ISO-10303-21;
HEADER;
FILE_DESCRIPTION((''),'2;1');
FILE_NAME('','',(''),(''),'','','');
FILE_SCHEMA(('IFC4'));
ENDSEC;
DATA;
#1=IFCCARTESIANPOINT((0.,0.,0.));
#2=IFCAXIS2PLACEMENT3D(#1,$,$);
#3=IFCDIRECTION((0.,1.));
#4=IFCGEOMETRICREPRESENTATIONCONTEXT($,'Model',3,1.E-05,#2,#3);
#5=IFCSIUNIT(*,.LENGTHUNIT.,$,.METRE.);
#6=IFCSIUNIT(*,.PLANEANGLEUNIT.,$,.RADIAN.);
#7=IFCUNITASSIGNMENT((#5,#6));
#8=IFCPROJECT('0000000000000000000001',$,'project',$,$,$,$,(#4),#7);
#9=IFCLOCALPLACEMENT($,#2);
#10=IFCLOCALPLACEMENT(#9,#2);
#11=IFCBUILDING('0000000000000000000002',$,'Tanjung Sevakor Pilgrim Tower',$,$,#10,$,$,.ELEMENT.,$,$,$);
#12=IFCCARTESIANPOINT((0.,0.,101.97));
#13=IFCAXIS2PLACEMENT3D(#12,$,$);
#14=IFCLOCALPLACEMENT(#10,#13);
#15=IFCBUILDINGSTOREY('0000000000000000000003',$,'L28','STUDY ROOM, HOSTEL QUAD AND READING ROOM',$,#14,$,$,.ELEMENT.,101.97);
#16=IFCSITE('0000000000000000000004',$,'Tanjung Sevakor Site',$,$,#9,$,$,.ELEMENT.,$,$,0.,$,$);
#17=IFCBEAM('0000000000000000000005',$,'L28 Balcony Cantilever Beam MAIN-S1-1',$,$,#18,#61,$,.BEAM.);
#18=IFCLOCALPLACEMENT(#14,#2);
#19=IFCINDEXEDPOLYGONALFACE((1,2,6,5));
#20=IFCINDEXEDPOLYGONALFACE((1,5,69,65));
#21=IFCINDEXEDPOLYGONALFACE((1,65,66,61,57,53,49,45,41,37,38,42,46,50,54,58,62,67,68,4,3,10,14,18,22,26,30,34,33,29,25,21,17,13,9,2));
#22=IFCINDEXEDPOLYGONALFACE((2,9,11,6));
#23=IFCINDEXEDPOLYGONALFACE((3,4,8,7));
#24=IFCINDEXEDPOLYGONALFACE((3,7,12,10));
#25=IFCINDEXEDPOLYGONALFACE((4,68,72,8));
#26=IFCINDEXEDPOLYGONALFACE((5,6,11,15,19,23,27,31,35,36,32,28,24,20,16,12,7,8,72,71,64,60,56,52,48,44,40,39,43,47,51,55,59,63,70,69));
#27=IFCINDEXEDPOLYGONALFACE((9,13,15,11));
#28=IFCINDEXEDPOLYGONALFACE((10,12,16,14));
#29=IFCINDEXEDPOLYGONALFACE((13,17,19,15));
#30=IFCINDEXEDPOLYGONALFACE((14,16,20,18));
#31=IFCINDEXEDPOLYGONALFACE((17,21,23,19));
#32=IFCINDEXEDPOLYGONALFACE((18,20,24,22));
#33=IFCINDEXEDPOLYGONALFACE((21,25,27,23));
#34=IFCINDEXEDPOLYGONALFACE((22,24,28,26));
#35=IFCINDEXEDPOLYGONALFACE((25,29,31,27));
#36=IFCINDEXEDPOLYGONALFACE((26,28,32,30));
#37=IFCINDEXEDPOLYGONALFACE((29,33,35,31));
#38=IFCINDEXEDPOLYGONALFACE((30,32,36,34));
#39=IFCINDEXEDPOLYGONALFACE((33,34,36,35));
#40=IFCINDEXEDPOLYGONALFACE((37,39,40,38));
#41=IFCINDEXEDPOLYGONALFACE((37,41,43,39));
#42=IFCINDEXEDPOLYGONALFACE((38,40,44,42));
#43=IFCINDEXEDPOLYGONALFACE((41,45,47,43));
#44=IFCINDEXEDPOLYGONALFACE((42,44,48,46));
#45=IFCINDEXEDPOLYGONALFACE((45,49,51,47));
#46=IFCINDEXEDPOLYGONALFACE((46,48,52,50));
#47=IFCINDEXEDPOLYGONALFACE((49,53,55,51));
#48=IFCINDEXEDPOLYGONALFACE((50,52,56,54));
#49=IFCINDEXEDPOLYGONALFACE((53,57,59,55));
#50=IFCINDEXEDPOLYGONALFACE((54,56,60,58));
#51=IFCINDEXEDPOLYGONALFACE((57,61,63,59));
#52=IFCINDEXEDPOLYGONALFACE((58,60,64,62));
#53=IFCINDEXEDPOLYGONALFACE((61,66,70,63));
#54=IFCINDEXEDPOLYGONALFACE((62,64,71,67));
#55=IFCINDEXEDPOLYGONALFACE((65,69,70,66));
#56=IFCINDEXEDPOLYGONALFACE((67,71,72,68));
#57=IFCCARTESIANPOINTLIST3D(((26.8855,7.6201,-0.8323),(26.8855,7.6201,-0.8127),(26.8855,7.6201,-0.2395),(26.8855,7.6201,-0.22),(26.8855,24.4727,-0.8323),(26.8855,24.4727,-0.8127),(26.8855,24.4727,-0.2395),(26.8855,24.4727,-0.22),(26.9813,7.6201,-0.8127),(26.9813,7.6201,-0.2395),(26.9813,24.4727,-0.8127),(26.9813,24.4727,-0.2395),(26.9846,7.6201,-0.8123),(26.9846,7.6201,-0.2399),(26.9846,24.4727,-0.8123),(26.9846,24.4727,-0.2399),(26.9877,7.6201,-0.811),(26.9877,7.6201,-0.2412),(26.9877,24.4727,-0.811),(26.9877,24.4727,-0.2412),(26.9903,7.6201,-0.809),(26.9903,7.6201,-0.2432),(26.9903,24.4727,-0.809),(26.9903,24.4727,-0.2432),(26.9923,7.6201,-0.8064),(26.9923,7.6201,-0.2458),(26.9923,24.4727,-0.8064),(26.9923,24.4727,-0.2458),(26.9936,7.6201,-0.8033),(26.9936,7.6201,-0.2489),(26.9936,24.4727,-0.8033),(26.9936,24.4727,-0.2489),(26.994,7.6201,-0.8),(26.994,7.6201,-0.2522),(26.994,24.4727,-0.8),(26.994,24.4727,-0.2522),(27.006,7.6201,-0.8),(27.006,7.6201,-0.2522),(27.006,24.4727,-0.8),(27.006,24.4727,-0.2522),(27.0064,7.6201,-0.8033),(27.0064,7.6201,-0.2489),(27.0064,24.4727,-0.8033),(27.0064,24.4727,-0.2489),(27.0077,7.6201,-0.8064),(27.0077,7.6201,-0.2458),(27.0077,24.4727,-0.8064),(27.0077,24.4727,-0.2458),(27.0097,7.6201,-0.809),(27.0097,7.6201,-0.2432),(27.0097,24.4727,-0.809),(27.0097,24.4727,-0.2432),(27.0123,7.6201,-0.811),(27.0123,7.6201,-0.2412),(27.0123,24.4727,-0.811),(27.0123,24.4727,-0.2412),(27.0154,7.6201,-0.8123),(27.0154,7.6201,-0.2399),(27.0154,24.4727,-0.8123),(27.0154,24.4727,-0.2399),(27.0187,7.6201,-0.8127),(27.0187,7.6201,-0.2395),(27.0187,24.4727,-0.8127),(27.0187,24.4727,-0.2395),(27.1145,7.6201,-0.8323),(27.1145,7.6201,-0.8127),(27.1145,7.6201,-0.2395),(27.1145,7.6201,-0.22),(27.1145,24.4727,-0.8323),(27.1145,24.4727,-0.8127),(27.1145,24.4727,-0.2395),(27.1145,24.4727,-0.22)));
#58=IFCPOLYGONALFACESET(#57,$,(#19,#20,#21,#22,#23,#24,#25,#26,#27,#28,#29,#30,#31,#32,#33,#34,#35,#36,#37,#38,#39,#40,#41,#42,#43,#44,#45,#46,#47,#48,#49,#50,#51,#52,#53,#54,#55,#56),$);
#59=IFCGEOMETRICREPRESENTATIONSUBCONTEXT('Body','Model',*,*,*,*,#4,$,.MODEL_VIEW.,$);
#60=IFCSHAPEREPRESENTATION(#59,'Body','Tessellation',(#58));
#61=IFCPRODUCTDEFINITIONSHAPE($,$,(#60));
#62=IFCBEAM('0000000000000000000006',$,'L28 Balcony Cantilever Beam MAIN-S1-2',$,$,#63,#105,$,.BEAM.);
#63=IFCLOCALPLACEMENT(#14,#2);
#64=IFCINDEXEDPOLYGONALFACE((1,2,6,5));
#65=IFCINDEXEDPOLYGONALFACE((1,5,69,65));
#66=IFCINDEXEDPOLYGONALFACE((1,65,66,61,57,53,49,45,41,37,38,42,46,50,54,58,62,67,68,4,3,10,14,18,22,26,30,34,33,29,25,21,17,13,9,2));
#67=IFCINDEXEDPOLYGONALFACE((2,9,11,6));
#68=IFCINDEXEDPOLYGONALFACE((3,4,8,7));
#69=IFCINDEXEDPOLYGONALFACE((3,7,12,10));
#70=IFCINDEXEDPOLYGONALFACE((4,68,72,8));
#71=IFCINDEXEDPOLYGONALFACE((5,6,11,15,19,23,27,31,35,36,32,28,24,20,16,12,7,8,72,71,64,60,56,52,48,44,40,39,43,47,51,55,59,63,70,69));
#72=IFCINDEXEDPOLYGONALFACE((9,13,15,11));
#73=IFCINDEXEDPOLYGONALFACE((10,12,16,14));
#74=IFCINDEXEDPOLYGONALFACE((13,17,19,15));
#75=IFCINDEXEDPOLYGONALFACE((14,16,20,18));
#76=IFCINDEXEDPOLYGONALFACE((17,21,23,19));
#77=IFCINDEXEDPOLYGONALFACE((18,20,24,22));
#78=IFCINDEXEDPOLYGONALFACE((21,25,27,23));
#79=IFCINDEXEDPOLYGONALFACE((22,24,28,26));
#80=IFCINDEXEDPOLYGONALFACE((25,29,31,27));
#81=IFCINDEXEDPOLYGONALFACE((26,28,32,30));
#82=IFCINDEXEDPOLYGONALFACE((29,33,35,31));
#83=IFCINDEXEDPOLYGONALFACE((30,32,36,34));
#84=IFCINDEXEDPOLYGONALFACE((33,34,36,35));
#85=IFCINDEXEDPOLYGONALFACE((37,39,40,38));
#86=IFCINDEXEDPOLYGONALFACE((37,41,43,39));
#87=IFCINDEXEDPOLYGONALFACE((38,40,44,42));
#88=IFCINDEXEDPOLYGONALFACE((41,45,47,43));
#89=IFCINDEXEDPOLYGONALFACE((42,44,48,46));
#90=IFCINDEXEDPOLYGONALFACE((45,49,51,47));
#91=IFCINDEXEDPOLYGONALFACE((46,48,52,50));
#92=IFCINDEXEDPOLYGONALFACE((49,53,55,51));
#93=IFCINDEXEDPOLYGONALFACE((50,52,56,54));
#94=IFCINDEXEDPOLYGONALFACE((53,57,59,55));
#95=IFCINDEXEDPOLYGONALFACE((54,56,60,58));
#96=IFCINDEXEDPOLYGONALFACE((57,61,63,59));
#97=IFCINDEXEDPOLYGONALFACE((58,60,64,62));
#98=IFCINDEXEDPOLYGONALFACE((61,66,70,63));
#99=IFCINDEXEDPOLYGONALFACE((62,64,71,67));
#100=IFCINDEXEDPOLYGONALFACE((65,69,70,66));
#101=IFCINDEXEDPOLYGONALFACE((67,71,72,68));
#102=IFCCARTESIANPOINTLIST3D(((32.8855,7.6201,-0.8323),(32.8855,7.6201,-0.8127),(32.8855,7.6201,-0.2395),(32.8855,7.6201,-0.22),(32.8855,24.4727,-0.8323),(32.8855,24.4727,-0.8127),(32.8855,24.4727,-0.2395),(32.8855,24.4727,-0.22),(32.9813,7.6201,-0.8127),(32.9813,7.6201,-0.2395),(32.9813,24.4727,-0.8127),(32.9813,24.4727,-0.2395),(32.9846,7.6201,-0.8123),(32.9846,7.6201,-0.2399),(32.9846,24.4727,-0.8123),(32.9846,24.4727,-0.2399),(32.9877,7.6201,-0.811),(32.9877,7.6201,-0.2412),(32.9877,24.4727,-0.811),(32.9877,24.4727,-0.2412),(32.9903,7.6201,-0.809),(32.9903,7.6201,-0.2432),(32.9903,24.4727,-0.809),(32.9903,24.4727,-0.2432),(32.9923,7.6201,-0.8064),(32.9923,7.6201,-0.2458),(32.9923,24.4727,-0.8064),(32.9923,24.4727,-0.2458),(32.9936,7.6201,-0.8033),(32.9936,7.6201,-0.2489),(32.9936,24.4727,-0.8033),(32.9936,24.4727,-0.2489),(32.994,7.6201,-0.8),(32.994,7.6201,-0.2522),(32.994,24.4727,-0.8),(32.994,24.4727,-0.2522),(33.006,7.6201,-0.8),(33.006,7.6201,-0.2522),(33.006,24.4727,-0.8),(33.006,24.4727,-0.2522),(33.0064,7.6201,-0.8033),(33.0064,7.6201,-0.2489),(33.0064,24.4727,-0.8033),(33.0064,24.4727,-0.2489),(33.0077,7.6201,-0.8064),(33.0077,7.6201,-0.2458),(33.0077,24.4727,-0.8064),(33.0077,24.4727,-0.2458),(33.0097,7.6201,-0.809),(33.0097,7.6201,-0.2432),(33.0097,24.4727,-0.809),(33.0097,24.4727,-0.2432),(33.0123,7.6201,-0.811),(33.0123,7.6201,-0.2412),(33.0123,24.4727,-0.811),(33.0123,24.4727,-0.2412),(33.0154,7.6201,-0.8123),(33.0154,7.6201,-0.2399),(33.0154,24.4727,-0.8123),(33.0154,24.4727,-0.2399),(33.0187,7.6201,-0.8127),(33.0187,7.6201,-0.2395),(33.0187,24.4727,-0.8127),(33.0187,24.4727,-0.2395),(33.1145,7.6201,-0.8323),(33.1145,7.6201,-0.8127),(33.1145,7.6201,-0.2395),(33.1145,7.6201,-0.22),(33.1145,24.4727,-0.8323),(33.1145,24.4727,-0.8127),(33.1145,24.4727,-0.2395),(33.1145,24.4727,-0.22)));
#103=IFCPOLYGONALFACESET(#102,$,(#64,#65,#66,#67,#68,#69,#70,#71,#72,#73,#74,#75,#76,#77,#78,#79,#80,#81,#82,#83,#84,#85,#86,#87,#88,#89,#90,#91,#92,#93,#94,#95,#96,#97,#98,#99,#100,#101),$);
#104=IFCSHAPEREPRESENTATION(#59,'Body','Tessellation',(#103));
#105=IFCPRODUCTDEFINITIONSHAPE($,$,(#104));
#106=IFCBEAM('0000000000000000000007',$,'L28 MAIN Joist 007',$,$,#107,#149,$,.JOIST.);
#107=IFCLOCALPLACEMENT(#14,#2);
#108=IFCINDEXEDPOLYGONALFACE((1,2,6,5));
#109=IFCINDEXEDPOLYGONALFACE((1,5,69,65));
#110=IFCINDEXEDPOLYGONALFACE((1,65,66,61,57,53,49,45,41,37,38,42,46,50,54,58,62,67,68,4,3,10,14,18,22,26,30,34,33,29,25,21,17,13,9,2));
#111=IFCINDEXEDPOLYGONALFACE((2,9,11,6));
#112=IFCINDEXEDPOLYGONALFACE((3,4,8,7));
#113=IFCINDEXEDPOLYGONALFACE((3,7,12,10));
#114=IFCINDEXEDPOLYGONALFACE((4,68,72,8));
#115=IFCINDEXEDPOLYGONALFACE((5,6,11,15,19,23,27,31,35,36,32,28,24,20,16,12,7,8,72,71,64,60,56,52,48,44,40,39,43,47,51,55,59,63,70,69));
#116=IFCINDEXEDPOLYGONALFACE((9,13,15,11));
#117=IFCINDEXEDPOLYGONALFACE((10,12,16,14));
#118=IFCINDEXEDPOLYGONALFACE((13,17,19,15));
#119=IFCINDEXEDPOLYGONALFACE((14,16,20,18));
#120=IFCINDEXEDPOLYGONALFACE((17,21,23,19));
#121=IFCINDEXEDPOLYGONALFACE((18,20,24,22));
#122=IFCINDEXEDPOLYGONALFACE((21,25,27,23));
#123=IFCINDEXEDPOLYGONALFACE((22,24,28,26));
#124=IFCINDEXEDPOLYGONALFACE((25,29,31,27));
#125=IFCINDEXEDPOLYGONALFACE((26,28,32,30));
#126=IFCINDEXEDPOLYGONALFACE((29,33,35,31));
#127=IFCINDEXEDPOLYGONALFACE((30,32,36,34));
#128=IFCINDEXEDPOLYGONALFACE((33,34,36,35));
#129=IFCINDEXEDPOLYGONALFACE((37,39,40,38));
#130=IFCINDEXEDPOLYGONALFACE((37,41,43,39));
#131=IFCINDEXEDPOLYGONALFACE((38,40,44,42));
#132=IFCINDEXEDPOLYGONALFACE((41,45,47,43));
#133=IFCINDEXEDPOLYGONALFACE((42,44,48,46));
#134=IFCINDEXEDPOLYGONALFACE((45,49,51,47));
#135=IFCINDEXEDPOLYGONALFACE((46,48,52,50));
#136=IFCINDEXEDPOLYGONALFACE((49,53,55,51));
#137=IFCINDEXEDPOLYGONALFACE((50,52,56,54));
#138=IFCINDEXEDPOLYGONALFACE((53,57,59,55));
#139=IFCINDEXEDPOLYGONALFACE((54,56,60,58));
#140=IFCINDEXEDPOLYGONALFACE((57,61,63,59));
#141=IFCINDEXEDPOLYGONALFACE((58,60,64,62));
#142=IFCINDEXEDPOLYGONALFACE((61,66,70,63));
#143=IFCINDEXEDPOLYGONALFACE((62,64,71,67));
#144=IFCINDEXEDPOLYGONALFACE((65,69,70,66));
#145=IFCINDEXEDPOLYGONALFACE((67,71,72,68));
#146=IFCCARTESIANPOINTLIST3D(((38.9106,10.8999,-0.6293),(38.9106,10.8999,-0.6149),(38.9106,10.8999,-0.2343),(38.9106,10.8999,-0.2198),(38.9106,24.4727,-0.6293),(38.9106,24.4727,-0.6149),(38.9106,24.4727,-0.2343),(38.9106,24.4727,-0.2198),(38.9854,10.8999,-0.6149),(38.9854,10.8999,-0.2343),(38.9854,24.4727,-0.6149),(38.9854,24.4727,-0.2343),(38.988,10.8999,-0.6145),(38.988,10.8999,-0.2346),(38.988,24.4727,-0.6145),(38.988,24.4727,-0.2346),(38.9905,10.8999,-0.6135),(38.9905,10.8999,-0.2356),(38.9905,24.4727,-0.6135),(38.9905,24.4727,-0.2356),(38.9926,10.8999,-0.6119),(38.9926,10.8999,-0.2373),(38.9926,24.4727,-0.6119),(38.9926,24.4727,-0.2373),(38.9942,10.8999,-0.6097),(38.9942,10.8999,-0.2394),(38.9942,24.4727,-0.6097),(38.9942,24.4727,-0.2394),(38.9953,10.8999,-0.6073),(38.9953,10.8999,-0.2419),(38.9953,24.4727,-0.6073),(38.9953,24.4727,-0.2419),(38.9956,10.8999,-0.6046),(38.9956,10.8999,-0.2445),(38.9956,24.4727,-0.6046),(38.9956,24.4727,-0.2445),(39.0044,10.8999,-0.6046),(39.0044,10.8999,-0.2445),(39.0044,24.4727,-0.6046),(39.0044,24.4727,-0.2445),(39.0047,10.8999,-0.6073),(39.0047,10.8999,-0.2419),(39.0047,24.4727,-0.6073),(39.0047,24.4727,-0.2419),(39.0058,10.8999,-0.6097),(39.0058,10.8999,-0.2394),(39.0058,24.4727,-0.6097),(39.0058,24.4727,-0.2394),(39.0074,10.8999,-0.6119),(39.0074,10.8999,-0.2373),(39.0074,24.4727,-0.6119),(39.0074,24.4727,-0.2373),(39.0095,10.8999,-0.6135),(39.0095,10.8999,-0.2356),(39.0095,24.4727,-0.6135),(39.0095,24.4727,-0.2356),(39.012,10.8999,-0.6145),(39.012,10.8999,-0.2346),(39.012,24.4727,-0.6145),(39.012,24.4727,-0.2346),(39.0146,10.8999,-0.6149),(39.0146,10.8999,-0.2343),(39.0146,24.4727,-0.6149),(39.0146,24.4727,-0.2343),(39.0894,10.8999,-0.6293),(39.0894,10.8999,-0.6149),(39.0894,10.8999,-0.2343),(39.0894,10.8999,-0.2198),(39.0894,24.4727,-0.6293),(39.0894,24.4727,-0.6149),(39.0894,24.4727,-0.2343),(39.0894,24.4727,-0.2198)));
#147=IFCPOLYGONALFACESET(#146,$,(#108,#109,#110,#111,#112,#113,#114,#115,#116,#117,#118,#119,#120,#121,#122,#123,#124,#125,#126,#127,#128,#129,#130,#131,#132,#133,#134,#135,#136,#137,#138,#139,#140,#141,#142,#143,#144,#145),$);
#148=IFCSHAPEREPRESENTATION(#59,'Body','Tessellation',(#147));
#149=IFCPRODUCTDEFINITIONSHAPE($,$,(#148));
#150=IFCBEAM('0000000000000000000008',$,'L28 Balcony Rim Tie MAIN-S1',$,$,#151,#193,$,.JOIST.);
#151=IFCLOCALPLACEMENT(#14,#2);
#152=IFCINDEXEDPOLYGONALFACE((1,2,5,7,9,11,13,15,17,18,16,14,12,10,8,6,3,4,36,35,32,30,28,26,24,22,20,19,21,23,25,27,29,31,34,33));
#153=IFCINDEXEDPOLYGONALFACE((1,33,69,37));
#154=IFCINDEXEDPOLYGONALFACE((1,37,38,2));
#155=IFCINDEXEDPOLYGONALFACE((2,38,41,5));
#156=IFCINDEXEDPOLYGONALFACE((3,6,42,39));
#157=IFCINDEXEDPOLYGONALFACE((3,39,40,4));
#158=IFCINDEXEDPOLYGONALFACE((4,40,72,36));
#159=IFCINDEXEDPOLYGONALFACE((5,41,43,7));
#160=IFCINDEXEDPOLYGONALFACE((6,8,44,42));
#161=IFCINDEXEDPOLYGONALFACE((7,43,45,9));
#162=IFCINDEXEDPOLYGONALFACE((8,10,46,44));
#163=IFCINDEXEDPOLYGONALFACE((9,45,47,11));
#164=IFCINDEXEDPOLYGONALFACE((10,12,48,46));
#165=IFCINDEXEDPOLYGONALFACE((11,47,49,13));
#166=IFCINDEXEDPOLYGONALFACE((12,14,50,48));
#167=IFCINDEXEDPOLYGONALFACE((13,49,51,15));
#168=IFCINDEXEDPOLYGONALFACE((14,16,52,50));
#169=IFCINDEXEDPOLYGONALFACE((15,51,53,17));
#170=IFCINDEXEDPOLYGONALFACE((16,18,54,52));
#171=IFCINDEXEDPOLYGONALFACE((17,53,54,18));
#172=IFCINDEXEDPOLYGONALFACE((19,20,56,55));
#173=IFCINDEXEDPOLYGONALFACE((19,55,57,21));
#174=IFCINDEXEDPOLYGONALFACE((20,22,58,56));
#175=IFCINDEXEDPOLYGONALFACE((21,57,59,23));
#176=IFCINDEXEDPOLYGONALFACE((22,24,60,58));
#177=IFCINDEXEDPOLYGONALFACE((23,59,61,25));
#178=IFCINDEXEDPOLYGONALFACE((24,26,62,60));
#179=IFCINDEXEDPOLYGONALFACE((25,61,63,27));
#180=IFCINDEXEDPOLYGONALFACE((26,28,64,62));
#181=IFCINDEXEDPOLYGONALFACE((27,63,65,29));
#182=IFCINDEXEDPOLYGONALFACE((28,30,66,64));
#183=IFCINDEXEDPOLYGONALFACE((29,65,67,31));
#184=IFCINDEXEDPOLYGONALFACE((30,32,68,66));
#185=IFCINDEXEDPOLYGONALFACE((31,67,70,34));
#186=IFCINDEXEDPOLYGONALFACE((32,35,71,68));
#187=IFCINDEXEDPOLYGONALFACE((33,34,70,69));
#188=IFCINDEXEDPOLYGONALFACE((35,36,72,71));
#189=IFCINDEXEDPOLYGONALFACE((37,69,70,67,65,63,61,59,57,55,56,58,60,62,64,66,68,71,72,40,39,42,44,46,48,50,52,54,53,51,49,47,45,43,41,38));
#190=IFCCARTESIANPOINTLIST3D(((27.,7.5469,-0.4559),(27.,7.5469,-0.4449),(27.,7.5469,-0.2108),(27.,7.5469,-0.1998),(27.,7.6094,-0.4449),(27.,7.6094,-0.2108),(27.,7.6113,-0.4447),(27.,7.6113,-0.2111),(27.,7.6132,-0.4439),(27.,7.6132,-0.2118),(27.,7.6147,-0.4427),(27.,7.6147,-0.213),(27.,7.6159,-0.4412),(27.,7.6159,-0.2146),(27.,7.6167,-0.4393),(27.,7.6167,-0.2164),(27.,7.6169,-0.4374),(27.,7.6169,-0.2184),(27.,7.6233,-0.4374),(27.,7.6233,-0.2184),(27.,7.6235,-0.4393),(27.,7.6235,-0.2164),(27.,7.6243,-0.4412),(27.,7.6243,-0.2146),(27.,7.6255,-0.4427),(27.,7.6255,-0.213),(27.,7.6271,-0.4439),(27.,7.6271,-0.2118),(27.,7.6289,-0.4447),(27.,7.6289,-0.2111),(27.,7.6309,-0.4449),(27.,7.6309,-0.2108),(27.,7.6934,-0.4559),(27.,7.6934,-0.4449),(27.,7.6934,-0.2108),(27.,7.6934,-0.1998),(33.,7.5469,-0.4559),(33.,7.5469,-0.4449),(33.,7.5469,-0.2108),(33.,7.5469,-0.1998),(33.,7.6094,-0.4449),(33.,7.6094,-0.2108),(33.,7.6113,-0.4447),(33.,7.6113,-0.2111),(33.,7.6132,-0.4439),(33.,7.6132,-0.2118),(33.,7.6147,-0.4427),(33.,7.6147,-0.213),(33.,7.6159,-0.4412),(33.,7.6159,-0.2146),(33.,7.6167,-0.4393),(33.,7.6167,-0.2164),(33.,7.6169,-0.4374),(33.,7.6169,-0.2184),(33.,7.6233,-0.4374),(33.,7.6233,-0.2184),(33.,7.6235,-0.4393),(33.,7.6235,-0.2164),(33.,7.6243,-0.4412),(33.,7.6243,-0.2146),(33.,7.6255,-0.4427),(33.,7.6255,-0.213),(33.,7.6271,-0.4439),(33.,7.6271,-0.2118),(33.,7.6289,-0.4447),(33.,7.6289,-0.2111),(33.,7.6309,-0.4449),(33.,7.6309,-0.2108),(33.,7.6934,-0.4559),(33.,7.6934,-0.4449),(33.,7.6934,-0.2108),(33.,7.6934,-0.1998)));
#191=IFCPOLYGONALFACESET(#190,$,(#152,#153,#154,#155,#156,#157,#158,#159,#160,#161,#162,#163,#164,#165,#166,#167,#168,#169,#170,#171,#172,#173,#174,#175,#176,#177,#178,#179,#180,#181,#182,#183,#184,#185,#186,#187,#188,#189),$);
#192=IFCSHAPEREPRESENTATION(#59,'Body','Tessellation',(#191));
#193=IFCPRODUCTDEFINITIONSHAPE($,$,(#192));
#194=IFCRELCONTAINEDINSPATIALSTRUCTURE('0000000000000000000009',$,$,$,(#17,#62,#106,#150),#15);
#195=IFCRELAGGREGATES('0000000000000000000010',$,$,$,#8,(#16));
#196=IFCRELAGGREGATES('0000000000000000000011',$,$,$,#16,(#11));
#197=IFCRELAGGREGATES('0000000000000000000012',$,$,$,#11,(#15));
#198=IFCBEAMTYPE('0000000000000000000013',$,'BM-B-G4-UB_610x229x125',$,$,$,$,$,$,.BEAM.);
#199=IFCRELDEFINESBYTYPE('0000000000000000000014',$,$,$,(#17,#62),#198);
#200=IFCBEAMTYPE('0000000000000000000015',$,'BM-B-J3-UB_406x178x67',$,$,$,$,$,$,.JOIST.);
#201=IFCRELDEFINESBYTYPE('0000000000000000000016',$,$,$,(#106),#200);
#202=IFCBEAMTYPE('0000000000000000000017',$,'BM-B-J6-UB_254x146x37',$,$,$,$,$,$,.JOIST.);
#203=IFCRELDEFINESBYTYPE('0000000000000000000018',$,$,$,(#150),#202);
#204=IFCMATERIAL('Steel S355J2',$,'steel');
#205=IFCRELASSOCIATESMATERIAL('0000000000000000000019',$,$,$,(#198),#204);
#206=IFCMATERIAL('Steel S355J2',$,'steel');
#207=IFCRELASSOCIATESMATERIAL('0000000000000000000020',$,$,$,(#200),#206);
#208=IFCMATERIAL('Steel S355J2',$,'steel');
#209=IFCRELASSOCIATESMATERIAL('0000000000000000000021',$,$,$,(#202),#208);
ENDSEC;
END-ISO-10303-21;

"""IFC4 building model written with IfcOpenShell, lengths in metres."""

from ifc_helpers import new_model, si_unit, direction, frame, origin, origin_2d, place, context, subcontext, project, spatial, i_section, extrude, material, material_profile, profile_set, type_object, element, save


model = new_model("IFC4")

# Units and contexts
model_context = context("Model", 3, precision=1e-05, world=origin(), true_north=direction((0.0, 1.0)))
body_context = subcontext(model_context, "Body", "Model", "MODEL_VIEW")
ifc_project = project(units=[si_unit("LENGTHUNIT", "METRE"), si_unit("PLANEANGLEUNIT", "RADIAN")], contexts=[model_context])

# Site, building, storey
site_placement = place(None, origin())
site = spatial("IfcSite", under=ifc_project, at=site_placement, Name="Tanjung Sevakor Site", CompositionType="ELEMENT", RefElevation=0.0)
building_placement = place(site_placement, origin())
building = spatial("IfcBuilding", under=site, at=building_placement, Name="Tanjung Sevakor Pilgrim Tower", CompositionType="ELEMENT")
storey_placement = place(building_placement, frame((0.0, 0.0, 101.97)))
storey = spatial("IfcBuildingStorey", under=building, at=storey_placement, Name="L28", Description="STUDY ROOM, HOSTEL QUAD AND READING ROOM", CompositionType="ELEMENT", Elevation=101.97)

# Beams
ifc_material_1 = material(Name="Steel S355J2", Category="steel")
ifc_material_profile_1 = material_profile(ifc_material_1, i_section(OverallWidth=0.229, OverallDepth=0.6123, WebThickness=0.012, FlangeThickness=0.0195, FilletRadius=0.0127, at=origin_2d()))
ifc_profile_set_1 = profile_set([ifc_material_profile_1], Name="Steel S355J2")
beam_type_1 = type_object("IfcBeamType", Name="BM-B-G4-UB_610x229x125", PredefinedType="BEAM", material=ifc_profile_set_1)
for number, where, z_axis, x_axis, name in (
    (1, (27.0, 24.4727, -0.5261), (0.0, -1.0, 0.0), (1.0, 0.0, 0.0), "L28 Balcony Cantilever Beam MAIN-S1-1"),
    (2, (33.0, 24.4727, -0.5261), (0.0, -1.0, 0.0), (1.0, 0.0, 0.0), "L28 Balcony Cantilever Beam MAIN-S1-2"),
):
    element("IfcBeam", number, at=place(storey_placement, frame(where, z_axis=z_axis, x_axis=x_axis)), inside=storey, type_object=beam_type_1, Name=name, PredefinedType="BEAM", context=body_context, shape_type="SweptSolid", body=[
        extrude(i_section(OverallWidth=0.229, OverallDepth=0.6123, WebThickness=0.012, FlangeThickness=0.0195, FilletRadius=0.0127, at=origin_2d()), origin(), (0.0, 0.0, 1.0), 16.8525),
    ])
ifc_material_2 = material(Name="Steel S355J2", Category="steel")
ifc_material_profile_2 = material_profile(ifc_material_2, i_section(OverallWidth=0.1787, OverallDepth=0.4094, WebThickness=0.0088, FlangeThickness=0.0144, FilletRadius=0.0103, at=origin_2d()))
ifc_profile_set_2 = profile_set([ifc_material_profile_2], Name="Steel S355J2")
beam_type_2 = type_object("IfcBeamType", Name="BM-B-J3-UB_406x178x67", PredefinedType="JOIST", material=ifc_profile_set_2)
beam_1_placement = place(storey_placement, frame((39.0, 10.8999, -0.4246), z_axis=(0.0, 1.0, 0.0), x_axis=(-1.0, 0.0, 0.0)))
element("IfcBeam", 3, at=beam_1_placement, inside=storey, type_object=beam_type_2, Name="L28 MAIN Joist 007", PredefinedType="JOIST", context=body_context, shape_type="SweptSolid", body=[
    extrude(i_section(OverallWidth=0.1787, OverallDepth=0.4094, WebThickness=0.0088, FlangeThickness=0.0144, FilletRadius=0.0103, at=origin_2d()), origin(), (0.0, 0.0, 1.0), 13.5728),
])
ifc_material_3 = material(Name="Steel S355J2", Category="steel")
ifc_material_profile_3 = material_profile(ifc_material_3, i_section(OverallWidth=0.1465, OverallDepth=0.2561, WebThickness=0.0063, FlangeThickness=0.011, FilletRadius=0.0076, at=origin_2d()))
ifc_profile_set_3 = profile_set([ifc_material_profile_3], Name="Steel S355J2")
beam_type_3 = type_object("IfcBeamType", Name="BM-B-J6-UB_254x146x37", PredefinedType="JOIST", material=ifc_profile_set_3)
beam_2_placement = place(storey_placement, frame((27.0, 7.6201, -0.3279), z_axis=(1.0, 0.0, 0.0), x_axis=(0.0, 1.0, 0.0)))
element("IfcBeam", 4, at=beam_2_placement, inside=storey, type_object=beam_type_3, Name="L28 Balcony Rim Tie MAIN-S1", PredefinedType="JOIST", context=body_context, shape_type="SweptSolid", body=[
    extrude(i_section(OverallWidth=0.1465, OverallDepth=0.2561, WebThickness=0.0063, FlangeThickness=0.011, FilletRadius=0.0076, at=origin_2d()), origin(), (0.0, 0.0, 1.0), 6.0),
])

save(model, "model.ifc")
